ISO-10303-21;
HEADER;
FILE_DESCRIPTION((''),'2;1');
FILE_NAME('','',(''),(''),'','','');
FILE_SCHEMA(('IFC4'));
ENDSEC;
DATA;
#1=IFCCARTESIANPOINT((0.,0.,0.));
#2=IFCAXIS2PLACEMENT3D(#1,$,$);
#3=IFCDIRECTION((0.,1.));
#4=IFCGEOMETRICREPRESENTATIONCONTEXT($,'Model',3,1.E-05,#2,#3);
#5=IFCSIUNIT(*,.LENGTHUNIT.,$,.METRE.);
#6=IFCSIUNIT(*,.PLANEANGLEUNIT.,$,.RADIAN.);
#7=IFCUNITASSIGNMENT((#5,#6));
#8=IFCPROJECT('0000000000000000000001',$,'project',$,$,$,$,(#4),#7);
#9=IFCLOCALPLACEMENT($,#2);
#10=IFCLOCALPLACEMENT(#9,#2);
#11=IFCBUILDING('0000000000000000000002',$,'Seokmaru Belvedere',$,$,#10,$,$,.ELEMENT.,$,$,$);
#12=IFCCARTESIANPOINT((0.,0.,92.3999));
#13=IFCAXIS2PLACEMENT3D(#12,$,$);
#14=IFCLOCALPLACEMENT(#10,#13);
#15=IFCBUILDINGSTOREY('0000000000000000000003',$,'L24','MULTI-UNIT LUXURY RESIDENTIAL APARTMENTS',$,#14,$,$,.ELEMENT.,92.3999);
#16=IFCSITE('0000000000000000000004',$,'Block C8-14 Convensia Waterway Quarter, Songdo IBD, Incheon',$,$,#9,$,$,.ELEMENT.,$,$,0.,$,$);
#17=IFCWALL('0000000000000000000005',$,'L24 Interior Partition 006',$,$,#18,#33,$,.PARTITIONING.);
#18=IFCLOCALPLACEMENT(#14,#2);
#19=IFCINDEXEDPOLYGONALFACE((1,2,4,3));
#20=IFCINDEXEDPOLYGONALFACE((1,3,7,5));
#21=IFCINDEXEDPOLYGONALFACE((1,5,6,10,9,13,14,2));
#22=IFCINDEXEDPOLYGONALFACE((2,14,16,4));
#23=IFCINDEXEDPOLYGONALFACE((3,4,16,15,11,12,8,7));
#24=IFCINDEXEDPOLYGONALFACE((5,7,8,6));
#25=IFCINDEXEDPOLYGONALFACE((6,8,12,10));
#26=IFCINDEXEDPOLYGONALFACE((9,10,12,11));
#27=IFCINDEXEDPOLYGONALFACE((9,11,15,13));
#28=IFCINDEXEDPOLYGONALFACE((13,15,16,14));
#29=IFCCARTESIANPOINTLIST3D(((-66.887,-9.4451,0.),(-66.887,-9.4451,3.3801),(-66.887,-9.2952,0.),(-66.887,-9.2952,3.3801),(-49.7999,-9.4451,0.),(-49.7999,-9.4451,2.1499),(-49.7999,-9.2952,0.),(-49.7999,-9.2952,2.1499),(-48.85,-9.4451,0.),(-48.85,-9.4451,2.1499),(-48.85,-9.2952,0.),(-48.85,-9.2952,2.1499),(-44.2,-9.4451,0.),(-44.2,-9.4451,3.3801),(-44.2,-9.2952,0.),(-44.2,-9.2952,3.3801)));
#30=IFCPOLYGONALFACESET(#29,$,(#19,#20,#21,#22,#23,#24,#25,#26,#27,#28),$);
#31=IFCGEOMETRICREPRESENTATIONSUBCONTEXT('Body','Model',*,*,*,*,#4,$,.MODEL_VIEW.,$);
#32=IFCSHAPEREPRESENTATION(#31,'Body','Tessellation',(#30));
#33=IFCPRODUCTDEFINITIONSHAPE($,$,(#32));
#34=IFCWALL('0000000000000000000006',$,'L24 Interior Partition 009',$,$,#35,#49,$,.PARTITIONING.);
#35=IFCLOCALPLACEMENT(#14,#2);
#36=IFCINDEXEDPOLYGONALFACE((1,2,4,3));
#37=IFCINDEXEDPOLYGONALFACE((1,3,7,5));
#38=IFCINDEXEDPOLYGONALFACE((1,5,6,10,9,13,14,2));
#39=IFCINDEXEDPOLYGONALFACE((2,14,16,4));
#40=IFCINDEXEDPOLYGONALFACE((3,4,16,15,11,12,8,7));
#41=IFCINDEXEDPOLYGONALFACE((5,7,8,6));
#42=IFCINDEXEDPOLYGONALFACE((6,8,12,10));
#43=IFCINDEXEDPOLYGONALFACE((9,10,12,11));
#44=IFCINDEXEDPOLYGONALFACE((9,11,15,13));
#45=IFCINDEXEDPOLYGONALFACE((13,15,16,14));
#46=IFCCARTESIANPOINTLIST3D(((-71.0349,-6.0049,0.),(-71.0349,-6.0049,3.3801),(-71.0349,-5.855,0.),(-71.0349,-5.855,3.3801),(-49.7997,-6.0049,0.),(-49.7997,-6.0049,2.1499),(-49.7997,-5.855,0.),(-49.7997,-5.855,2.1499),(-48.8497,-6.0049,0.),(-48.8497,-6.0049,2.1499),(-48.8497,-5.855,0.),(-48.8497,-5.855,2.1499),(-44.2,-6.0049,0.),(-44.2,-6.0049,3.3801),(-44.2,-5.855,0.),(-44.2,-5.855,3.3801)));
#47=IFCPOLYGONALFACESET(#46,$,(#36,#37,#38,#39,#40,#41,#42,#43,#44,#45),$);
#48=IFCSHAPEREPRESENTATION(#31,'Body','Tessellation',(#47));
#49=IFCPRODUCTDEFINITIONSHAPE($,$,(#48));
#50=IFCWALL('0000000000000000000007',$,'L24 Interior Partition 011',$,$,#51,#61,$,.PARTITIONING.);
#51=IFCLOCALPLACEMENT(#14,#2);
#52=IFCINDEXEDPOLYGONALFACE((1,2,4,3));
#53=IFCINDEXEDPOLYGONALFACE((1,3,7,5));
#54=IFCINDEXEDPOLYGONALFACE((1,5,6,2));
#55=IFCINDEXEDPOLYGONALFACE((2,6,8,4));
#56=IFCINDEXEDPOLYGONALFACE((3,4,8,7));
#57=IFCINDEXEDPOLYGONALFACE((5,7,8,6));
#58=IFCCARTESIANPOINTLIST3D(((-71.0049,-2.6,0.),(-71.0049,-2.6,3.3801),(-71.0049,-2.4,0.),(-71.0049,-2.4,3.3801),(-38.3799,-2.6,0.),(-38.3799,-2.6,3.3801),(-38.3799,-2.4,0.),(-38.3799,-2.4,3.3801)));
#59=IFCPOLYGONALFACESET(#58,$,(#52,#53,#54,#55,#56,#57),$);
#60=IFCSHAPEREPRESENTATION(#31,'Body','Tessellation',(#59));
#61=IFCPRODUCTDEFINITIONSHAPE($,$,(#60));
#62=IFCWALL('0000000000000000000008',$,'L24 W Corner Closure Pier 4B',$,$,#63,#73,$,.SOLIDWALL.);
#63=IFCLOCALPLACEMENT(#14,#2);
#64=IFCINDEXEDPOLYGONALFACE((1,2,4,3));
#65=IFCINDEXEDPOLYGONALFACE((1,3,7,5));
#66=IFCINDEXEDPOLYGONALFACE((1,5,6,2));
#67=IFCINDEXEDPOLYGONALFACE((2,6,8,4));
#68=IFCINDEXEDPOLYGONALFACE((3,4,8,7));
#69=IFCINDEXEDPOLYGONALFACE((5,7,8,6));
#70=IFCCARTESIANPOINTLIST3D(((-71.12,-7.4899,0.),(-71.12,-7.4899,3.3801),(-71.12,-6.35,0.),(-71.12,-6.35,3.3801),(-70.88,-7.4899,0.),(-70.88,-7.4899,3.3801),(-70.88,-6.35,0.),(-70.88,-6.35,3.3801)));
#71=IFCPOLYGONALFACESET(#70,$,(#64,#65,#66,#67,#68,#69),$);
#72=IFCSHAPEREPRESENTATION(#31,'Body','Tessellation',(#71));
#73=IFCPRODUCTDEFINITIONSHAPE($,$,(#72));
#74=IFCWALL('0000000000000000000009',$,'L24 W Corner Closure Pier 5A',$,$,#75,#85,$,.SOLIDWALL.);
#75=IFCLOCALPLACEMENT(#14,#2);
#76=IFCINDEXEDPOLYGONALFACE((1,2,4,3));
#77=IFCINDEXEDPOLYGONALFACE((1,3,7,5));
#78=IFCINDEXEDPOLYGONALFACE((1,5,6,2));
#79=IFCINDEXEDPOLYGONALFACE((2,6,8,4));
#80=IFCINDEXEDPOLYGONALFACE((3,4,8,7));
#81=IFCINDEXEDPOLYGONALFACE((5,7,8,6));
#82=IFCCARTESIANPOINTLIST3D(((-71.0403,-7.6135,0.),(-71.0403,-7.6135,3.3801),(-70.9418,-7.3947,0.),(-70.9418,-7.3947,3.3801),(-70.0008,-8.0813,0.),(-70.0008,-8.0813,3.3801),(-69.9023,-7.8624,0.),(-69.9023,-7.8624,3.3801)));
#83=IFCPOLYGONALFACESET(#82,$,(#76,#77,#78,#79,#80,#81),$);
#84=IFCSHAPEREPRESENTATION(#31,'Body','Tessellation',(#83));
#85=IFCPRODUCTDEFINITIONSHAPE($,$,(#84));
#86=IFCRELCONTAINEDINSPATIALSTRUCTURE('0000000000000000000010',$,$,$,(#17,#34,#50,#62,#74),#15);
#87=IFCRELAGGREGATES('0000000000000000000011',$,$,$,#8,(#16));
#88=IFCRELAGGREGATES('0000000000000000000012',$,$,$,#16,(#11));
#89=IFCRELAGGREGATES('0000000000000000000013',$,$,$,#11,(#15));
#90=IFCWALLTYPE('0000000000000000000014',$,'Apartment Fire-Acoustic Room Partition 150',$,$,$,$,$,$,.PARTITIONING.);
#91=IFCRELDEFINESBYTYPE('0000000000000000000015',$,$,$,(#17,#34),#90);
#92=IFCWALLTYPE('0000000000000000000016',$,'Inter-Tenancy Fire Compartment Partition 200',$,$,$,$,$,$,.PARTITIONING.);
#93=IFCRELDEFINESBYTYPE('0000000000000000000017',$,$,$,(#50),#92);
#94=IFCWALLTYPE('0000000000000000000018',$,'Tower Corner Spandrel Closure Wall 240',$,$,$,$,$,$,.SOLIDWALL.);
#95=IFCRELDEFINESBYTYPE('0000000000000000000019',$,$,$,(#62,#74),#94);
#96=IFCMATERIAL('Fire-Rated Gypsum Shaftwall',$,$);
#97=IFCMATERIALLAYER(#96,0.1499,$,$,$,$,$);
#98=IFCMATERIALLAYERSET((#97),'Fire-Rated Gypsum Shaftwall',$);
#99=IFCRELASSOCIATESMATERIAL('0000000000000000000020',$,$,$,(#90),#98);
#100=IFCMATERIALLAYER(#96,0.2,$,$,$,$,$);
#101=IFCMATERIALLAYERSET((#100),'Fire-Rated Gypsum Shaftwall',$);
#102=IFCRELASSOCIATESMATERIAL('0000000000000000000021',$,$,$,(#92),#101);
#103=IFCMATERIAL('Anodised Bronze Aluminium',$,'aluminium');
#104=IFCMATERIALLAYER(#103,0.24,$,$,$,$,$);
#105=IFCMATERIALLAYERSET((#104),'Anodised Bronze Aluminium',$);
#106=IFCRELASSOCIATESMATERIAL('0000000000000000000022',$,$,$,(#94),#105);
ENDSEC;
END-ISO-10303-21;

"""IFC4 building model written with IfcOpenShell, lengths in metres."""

from ifc_helpers import new_model, si_unit, direction, frame, frame_2d, origin, place, context, subcontext, project, spatial, rectangle, extrude, material, layer, layer_set, type_object, element, save


model = new_model("IFC4")

# Units and contexts
model_context = context("Model", 3, precision=1e-05, world=origin(), true_north=direction((0.0, 1.0)))
body_context = subcontext(model_context, "Body", "Model", "MODEL_VIEW")
ifc_project = project(units=[si_unit("LENGTHUNIT", "METRE"), si_unit("PLANEANGLEUNIT", "RADIAN")], contexts=[model_context])

# Site, building, storey
site_placement = place(None, origin())
site = spatial("IfcSite", under=ifc_project, at=site_placement, Name="Block C8-14 Convensia Waterway Quarter, Songdo IBD, Incheon", CompositionType="ELEMENT", RefElevation=0.0)
building_placement = place(site_placement, origin())
building = spatial("IfcBuilding", under=site, at=building_placement, Name="Seokmaru Belvedere", CompositionType="ELEMENT")
storey_placement = place(building_placement, frame((0.0, 0.0, 92.3999)))
storey = spatial("IfcBuildingStorey", under=building, at=storey_placement, Name="L24", Description="MULTI-UNIT LUXURY RESIDENTIAL APARTMENTS", CompositionType="ELEMENT", Elevation=92.3999)

# Shared definitions
ifc_material_1 = material(Name="Anodised Bronze Aluminium", Category="aluminium")

# Walls, openings
ifc_material_2 = material(Name="Fire-Rated Gypsum Shaftwall")
ifc_layer_1 = layer(ifc_material_2, 0.1499)
ifc_layer_set_1 = layer_set([ifc_layer_1], Name="Fire-Rated Gypsum Shaftwall")
wall_type_1 = type_object("IfcWallType", Name="Apartment Fire-Acoustic Room Partition 150", PredefinedType="PARTITIONING", material=ifc_layer_set_1)
wall_1_placement = place(storey_placement, frame((-66.887, -9.3701, 0.0), z_axis=(0.0, 0.0, 1.0), x_axis=(1.0, 0.0, 0.0)))
wall_1 = element("IfcWall", 1, at=wall_1_placement, inside=storey, type_object=wall_type_1, Name="L24 Interior Partition 006", PredefinedType="PARTITIONING", context=body_context, shape_type="SweptSolid", body=[
    extrude(rectangle(XDim=22.687, YDim=0.1499, at=frame_2d((11.3435, 0.0))), origin(), (0.0, 0.0, 1.0), 3.3801),
])
opening_1_placement = place(wall_1_placement, frame((17.0869, 0.0, 0.0)))
element("IfcOpeningElement", 2, at=opening_1_placement, cuts=wall_1, PredefinedType="OPENING", context=body_context, shape_type="SweptSolid", body=[
    extrude(rectangle(XDim=0.95, YDim=2.1499, at=frame_2d((0.4751, 1.075))), frame((0.0, 0.085, 0.0), z_axis=(0.0, -1.0, 0.0), x_axis=(1.0, 0.0, 0.0)), (0.0, 0.0, 1.0), 0.1699),
])
wall_2_placement = place(storey_placement, frame((-71.0349, -5.9299, 0.0), z_axis=(0.0, 0.0, 1.0), x_axis=(1.0, 0.0, 0.0)))
wall_2 = element("IfcWall", 3, at=wall_2_placement, inside=storey, type_object=wall_type_1, Name="L24 Interior Partition 009", PredefinedType="PARTITIONING", context=body_context, shape_type="SweptSolid", body=[
    extrude(rectangle(XDim=26.835, YDim=0.1499, at=frame_2d((13.4175, 0.0))), origin(), (0.0, 0.0, 1.0), 3.3801),
])
opening_2_placement = place(wall_2_placement, frame((21.2351, 0.0, 0.0)))
element("IfcOpeningElement", 4, at=opening_2_placement, cuts=wall_2, PredefinedType="OPENING", context=body_context, shape_type="SweptSolid", body=[
    extrude(rectangle(XDim=0.95, YDim=2.1499, at=frame_2d((0.4751, 1.075))), frame((0.0, 0.085, 0.0), z_axis=(0.0, -1.0, 0.0), x_axis=(1.0, 0.0, 0.0)), (0.0, 0.0, 1.0), 0.1699),
])

# Walls
ifc_layer_2 = layer(ifc_material_2, 0.2)
ifc_layer_set_2 = layer_set([ifc_layer_2], Name="Fire-Rated Gypsum Shaftwall")
wall_type_2 = type_object("IfcWallType", Name="Inter-Tenancy Fire Compartment Partition 200", PredefinedType="PARTITIONING", material=ifc_layer_set_2)
wall_3_placement = place(storey_placement, frame((-71.0049, -2.5, 0.0), z_axis=(0.0, 0.0, 1.0), x_axis=(1.0, 0.0, 0.0)))
element("IfcWall", 5, at=wall_3_placement, inside=storey, type_object=wall_type_2, Name="L24 Interior Partition 011", PredefinedType="PARTITIONING", context=body_context, shape_type="SweptSolid", body=[
    extrude(rectangle(XDim=32.625, YDim=0.2, at=frame_2d((16.3125, 0.0))), origin(), (0.0, 0.0, 1.0), 3.3801),
])
ifc_layer_3 = layer(ifc_material_1, 0.24)
ifc_layer_set_3 = layer_set([ifc_layer_3], Name="Anodised Bronze Aluminium")
wall_type_3 = type_object("IfcWallType", Name="Tower Corner Spandrel Closure Wall 240", PredefinedType="SOLIDWALL", material=ifc_layer_set_3)
for number, where, z_axis, x_axis, name in (
    (6, (-71.0, -6.3501, 0.0), (0.0, 0.0, 1.0), (0.0, -1.0, 0.0), "L24 W Corner Closure Pier 4B"),
    (7, (-70.991, -7.5042, 0.0), (0.0, 0.0, 1.0), (0.91193, -0.410347, 0.0), "L24 W Corner Closure Pier 5A"),
):
    element("IfcWall", number, at=place(storey_placement, frame(where, z_axis=z_axis, x_axis=x_axis)), inside=storey, type_object=wall_type_3, Name=name, PredefinedType="SOLIDWALL", context=body_context, shape_type="SweptSolid", body=[
        extrude(rectangle(XDim=1.1399, YDim=0.24, at=frame_2d((0.5698, 0.0))), origin(), (0.0, 0.0, 1.0), 3.3801),
    ])

save(model, "model.ifc")
